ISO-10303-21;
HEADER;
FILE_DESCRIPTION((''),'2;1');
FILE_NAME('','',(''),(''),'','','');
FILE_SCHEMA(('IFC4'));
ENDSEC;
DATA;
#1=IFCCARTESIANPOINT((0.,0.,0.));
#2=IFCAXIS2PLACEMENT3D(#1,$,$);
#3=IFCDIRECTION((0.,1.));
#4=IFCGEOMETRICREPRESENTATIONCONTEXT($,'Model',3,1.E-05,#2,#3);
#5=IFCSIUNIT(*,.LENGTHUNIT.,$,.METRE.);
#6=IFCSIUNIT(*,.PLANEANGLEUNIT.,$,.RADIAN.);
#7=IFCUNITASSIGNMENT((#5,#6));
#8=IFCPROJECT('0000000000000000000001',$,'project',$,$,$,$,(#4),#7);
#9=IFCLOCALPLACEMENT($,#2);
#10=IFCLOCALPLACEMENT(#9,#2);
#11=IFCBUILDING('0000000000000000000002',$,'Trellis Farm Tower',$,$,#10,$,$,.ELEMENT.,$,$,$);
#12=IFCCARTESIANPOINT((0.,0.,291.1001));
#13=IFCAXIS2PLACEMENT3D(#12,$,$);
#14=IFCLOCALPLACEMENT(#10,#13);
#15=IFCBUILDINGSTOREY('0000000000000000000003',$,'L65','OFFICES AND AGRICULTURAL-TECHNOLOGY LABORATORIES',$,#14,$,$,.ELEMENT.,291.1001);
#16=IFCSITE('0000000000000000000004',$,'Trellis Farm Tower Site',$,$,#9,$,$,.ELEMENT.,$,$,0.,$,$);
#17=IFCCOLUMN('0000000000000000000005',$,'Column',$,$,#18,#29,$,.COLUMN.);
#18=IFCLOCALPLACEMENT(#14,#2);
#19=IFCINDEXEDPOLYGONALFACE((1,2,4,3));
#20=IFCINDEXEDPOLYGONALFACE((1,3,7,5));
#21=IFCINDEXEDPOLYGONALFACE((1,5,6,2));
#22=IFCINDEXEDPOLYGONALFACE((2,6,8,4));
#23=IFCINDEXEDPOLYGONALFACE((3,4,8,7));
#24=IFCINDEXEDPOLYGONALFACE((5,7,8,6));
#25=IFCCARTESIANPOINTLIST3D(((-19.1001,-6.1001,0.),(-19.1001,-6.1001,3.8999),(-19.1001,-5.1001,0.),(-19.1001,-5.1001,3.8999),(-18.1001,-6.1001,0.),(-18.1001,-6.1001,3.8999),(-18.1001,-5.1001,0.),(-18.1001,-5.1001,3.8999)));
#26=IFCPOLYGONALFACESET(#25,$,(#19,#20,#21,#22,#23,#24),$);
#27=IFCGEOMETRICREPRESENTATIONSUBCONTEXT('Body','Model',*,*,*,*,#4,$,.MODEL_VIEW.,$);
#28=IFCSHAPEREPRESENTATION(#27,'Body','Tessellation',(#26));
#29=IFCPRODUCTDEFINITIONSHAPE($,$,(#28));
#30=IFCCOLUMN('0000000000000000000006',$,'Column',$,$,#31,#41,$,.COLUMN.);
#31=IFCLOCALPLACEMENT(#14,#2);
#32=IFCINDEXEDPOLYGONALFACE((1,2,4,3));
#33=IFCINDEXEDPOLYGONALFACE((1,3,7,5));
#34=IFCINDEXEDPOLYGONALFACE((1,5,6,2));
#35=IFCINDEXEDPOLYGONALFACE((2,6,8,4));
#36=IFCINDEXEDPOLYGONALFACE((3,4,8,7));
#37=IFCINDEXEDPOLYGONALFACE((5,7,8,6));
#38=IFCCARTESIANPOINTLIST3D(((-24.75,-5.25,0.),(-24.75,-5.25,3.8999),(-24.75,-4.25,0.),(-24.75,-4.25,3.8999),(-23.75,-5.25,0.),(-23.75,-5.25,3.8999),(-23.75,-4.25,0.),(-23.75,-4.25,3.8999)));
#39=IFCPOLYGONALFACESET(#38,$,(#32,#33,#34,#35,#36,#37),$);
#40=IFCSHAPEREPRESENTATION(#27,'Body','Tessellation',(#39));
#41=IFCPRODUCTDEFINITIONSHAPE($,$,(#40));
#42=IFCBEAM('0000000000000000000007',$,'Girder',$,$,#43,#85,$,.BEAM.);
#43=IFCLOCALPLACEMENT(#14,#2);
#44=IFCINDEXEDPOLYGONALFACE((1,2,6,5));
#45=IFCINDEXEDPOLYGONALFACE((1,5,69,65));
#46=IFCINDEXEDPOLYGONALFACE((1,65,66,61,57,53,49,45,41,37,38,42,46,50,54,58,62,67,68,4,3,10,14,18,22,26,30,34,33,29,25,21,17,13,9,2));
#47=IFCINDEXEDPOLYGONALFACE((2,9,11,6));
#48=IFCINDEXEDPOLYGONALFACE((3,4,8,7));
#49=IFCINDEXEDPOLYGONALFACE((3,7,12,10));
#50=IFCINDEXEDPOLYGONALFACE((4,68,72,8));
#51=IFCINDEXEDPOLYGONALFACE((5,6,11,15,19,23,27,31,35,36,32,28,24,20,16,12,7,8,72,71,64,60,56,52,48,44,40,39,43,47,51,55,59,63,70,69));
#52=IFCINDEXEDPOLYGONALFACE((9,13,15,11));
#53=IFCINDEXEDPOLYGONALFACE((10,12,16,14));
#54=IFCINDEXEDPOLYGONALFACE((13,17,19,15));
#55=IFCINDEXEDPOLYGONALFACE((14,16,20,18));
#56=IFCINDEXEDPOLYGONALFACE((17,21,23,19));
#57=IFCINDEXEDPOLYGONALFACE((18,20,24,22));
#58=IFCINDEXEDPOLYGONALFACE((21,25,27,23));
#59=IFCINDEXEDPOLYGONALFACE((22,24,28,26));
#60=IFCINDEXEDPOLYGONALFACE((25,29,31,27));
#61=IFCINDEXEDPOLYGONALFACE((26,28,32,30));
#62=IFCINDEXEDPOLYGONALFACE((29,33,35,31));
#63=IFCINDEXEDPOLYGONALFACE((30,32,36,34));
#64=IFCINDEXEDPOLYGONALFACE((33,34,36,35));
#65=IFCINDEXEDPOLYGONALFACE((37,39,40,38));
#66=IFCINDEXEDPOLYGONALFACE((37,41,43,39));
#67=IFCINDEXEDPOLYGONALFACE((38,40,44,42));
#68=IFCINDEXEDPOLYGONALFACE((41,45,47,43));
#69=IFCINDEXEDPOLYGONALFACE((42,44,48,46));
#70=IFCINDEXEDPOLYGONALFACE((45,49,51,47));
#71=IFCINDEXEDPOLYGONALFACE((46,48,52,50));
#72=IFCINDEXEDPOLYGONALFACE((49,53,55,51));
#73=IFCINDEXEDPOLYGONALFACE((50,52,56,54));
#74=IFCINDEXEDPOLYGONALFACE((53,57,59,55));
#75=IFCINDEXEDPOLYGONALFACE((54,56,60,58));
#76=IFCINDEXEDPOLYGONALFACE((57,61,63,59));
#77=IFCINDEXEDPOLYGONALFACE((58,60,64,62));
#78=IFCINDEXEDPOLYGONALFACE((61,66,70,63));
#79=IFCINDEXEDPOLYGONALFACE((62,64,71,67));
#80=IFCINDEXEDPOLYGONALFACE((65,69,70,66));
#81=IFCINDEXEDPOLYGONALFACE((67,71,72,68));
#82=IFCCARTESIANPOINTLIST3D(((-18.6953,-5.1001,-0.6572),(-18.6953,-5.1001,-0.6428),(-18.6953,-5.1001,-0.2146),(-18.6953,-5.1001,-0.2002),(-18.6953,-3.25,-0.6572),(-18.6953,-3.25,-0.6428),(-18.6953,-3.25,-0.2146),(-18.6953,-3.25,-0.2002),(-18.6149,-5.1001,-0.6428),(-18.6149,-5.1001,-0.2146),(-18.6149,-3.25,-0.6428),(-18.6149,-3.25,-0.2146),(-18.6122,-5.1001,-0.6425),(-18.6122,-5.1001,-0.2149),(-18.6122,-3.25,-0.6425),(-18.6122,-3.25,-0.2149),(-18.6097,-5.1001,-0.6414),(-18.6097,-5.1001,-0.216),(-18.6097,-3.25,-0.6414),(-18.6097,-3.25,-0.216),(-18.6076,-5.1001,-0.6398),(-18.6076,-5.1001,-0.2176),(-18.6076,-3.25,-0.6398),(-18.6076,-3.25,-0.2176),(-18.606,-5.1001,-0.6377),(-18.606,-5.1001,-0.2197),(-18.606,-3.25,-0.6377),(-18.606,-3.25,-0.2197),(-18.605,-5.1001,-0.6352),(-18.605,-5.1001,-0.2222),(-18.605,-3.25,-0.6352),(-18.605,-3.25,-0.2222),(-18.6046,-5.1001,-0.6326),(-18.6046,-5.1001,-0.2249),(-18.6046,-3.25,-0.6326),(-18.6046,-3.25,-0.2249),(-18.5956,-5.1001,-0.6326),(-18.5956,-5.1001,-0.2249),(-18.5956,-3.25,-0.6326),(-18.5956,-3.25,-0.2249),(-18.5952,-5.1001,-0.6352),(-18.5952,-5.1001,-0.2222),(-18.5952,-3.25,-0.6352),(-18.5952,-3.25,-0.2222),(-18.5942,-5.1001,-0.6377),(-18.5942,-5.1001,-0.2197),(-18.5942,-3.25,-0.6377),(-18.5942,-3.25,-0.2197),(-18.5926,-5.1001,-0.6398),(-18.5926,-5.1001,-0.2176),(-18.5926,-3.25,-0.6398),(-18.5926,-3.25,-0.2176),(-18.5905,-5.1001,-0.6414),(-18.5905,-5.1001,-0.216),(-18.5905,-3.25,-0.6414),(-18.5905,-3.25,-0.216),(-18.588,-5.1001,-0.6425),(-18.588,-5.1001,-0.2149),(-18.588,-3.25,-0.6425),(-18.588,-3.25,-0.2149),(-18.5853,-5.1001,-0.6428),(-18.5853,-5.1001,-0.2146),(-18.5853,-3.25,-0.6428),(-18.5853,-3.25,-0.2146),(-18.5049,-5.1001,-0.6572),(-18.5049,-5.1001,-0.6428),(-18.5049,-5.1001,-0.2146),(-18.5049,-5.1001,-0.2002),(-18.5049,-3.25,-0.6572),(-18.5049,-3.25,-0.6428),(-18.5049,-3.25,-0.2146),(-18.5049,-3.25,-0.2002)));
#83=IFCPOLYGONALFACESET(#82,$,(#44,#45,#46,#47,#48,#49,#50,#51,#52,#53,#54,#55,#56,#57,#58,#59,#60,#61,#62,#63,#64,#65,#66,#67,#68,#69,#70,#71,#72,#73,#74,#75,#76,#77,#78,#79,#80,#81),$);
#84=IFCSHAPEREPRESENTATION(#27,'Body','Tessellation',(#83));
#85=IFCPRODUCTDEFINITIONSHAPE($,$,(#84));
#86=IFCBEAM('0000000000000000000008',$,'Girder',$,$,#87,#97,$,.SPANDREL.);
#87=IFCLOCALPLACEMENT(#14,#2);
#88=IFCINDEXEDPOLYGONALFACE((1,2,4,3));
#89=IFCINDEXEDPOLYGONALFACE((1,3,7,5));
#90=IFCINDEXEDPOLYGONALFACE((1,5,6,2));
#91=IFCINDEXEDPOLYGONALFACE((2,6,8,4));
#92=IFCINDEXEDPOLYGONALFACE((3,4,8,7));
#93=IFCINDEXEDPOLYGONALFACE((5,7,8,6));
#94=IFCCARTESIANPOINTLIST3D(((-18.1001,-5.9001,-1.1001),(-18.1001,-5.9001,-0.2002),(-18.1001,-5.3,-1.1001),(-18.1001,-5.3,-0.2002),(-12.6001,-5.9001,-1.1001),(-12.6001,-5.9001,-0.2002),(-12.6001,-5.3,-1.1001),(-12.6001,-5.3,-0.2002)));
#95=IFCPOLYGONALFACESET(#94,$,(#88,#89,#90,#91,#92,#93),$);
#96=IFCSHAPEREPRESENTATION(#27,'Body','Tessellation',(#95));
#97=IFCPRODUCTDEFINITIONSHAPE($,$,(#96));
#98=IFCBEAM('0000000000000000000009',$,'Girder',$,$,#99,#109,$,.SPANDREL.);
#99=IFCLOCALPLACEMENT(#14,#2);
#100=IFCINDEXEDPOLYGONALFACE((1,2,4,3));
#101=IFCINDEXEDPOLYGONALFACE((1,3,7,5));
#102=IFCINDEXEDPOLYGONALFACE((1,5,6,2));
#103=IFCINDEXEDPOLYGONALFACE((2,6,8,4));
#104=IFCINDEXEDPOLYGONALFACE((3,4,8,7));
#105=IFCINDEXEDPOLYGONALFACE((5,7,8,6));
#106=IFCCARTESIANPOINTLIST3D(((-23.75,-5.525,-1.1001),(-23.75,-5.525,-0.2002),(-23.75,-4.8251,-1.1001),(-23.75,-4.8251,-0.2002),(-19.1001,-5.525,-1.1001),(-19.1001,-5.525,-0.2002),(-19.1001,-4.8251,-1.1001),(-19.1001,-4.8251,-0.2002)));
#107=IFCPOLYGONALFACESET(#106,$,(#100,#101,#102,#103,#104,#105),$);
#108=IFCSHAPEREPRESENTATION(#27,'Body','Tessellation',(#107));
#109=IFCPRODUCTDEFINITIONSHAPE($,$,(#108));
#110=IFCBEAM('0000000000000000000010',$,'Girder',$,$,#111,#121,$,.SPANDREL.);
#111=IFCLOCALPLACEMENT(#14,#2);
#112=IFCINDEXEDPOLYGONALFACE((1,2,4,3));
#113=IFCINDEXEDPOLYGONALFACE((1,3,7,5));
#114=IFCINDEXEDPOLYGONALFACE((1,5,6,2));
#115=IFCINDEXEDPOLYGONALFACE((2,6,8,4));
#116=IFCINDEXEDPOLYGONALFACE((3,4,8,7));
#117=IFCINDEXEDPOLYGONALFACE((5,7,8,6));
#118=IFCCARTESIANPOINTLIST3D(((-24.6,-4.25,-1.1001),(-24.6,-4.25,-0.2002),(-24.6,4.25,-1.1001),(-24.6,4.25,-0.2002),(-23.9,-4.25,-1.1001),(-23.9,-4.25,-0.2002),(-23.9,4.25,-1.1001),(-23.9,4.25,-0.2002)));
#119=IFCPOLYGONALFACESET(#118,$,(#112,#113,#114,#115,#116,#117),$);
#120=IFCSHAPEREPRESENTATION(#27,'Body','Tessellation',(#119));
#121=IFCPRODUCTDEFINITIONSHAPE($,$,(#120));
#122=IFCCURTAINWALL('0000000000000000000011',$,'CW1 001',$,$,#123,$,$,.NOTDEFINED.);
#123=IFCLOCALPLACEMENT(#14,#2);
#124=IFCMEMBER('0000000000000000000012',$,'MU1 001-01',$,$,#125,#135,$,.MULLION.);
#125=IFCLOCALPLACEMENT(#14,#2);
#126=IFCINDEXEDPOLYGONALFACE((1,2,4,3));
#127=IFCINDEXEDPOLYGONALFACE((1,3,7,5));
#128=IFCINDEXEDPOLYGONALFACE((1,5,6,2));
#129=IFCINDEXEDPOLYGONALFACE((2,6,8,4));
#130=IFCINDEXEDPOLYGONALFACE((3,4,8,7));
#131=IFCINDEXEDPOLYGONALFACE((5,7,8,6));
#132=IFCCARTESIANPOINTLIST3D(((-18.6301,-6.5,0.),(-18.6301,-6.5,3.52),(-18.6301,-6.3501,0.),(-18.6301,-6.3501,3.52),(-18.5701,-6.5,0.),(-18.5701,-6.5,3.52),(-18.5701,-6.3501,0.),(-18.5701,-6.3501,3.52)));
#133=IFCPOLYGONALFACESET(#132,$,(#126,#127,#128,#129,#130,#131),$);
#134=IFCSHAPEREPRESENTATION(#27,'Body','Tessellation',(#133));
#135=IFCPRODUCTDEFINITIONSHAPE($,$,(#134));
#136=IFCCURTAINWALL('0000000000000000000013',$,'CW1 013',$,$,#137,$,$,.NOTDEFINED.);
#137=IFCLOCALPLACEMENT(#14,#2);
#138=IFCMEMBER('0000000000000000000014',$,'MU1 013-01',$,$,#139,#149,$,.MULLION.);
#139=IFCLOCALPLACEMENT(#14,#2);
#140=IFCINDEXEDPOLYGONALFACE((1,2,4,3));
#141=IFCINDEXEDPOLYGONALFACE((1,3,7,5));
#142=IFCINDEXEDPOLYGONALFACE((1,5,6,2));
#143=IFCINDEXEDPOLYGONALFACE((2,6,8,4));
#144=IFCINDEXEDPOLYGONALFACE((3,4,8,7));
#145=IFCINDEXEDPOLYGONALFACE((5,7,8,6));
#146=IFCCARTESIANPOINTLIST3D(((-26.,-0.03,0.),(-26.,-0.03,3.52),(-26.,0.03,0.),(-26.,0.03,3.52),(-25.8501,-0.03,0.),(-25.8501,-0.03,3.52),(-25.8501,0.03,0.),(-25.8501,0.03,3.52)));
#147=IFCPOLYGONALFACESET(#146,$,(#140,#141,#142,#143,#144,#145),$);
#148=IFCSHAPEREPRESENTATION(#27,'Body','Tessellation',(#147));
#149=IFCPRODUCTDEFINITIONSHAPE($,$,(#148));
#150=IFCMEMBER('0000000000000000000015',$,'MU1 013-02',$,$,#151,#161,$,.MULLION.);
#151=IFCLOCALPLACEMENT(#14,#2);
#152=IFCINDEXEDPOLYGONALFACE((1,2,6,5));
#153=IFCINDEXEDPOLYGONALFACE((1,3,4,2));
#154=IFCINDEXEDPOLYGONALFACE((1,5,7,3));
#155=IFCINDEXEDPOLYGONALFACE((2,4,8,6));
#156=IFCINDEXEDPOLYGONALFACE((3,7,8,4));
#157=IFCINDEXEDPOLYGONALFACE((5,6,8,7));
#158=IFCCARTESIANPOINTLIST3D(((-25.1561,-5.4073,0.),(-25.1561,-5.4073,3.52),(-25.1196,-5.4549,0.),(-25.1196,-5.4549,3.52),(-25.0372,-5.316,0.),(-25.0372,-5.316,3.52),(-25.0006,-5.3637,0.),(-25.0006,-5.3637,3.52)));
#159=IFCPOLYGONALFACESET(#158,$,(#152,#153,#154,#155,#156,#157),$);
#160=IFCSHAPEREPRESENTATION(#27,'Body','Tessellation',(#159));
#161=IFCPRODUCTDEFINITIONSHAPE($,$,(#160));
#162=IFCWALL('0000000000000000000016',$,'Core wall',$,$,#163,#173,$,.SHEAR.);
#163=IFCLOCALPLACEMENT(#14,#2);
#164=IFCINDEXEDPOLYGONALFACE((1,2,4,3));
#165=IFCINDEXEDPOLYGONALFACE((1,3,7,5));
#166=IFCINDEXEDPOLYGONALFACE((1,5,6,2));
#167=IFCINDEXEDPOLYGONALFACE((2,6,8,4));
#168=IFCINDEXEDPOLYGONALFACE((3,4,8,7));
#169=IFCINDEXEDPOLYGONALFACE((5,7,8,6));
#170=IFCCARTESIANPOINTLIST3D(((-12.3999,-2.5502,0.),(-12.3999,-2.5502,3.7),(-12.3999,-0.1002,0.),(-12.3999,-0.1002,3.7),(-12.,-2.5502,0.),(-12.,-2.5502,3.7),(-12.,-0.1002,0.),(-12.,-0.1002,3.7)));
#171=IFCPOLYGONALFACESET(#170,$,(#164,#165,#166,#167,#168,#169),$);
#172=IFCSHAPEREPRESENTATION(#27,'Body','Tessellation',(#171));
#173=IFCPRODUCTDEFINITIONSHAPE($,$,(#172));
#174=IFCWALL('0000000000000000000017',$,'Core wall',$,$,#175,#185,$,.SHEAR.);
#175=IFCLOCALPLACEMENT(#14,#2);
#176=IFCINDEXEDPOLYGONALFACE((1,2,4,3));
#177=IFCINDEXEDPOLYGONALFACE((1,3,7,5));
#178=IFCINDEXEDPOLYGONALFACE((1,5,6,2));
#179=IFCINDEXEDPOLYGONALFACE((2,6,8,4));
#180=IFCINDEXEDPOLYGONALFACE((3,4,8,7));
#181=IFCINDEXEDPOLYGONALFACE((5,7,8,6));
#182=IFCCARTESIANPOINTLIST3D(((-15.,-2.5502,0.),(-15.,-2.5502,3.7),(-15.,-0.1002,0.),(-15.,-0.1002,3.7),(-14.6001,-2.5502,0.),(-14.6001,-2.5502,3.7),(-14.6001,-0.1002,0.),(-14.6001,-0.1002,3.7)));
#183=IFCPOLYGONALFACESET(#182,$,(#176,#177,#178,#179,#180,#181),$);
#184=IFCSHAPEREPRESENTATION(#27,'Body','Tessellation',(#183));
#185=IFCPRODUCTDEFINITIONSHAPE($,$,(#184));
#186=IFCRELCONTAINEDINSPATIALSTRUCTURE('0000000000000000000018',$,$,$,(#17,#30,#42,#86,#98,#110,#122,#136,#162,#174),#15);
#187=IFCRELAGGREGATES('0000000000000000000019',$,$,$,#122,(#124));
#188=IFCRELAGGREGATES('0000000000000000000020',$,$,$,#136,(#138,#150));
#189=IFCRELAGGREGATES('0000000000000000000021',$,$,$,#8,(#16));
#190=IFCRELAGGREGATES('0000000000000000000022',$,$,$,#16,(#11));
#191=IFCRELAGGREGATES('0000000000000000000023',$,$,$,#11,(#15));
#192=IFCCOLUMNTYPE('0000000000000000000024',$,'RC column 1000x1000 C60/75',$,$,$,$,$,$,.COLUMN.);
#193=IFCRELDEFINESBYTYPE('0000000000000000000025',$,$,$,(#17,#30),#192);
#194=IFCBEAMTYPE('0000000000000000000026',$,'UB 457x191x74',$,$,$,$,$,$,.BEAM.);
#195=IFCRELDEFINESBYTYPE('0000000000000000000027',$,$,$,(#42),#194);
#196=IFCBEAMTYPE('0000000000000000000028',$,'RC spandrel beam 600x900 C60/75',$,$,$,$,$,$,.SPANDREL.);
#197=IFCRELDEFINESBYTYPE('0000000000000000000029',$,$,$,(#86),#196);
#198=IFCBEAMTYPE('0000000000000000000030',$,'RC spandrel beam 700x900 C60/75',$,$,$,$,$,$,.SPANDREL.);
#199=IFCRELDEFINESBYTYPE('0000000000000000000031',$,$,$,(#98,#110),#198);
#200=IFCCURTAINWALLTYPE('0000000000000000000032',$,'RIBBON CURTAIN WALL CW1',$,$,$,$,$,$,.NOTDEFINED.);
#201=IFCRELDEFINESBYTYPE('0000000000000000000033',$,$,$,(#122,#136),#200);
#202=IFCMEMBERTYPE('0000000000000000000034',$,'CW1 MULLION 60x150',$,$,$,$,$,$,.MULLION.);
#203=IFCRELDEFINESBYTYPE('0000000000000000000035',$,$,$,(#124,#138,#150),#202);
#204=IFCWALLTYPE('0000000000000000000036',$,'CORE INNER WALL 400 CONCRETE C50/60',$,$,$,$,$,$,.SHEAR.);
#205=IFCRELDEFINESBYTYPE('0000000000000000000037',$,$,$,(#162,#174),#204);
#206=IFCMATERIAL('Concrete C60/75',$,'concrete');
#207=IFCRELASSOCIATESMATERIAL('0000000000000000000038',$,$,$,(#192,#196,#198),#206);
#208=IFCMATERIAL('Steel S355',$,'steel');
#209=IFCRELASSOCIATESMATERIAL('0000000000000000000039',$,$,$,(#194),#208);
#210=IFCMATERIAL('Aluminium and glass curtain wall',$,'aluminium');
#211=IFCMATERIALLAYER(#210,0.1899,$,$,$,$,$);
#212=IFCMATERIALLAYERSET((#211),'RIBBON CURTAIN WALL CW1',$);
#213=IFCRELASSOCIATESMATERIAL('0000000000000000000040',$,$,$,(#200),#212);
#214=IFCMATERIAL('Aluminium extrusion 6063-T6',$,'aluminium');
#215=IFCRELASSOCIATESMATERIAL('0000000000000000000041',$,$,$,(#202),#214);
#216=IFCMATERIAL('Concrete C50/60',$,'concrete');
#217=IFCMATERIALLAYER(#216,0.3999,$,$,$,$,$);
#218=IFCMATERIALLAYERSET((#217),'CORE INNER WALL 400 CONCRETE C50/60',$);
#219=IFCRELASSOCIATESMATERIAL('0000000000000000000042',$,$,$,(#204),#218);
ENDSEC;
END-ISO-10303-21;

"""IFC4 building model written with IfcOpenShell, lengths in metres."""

from ifc_helpers import new_model, si_unit, direction, frame, frame_2d, origin, origin_2d, place, context, subcontext, project, spatial, rectangle, i_section, extrude, source, transform, mapped, material, layer, layer_set, material_profile, profile_set, type_object, element, aggregate, save


model = new_model("IFC4")

# Units and contexts
model_context = context("Model", 3, precision=1e-05, world=origin(), true_north=direction((0.0, 1.0)))
body_context = subcontext(model_context, "Body", "Model", "MODEL_VIEW")
ifc_project = project(units=[si_unit("LENGTHUNIT", "METRE"), si_unit("PLANEANGLEUNIT", "RADIAN")], contexts=[model_context])

# Site, building, storey
site_placement = place(None, origin())
site = spatial("IfcSite", under=ifc_project, at=site_placement, Name="Trellis Farm Tower Site", CompositionType="ELEMENT", RefElevation=0.0)
building_placement = place(site_placement, origin())
building = spatial("IfcBuilding", under=site, at=building_placement, Name="Trellis Farm Tower", CompositionType="ELEMENT")
storey_placement = place(building_placement, frame((0.0, 0.0, 291.1001)))
storey = spatial("IfcBuildingStorey", under=building, at=storey_placement, Name="L65", Description="OFFICES AND AGRICULTURAL-TECHNOLOGY LABORATORIES", CompositionType="ELEMENT", Elevation=291.1001)

# Columns
ifc_material_1 = material(Name="Concrete C60/75", Category="concrete")
ifc_material_profile_1 = material_profile(ifc_material_1, rectangle(XDim=1.0, YDim=1.0, at=origin_2d()), Name="RC column 1000x1000 C60/75")
ifc_profile_set_1 = profile_set([ifc_material_profile_1], Name="Concrete C60/75")
column_type = type_object("IfcColumnType", Name="RC column 1000x1000 C60/75", PredefinedType="COLUMN", material=ifc_profile_set_1)
shared_shape_1 = source(origin(), body_context, "Body", "SweptSolid", [
    extrude(rectangle(XDim=1.0, YDim=1.0, at=origin_2d()), origin(), (0.0, 0.0, 1.0), 3.8999),
])
for number, where, z_axis, x_axis, name in (
    (1, (-18.6001, -5.6001, 0.0), (0.0, 0.0, 1.0), (1.0, 0.0, 0.0), "Column"),
    (2, (-24.25, -4.75, 0.0), (0.0, 0.0, 1.0), (1.0, 0.0, 0.0), "Column"),
):
    element("IfcColumn", number, at=place(storey_placement, frame(where, z_axis=z_axis, x_axis=x_axis)), inside=storey, type_object=column_type, Name=name, PredefinedType="COLUMN", context=body_context, shape_type="MappedRepresentation", body=[
        mapped(shared_shape_1, transform((0.0, 0.0, 0.0))),
    ])

# Beams
ifc_material_2 = material(Name="Steel S355", Category="steel")
ifc_material_profile_2 = material_profile(ifc_material_2, i_section(OverallWidth=0.1904, OverallDepth=0.457, WebThickness=0.009, FlangeThickness=0.0144, FilletRadius=0.0103, at=origin_2d()), Name="UB 457x191x74")
ifc_profile_set_2 = profile_set([ifc_material_profile_2], Name="Steel S355")
beam_type_1 = type_object("IfcBeamType", Name="UB 457x191x74", PredefinedType="BEAM", material=ifc_profile_set_2)
shared_shape_2 = source(origin(), body_context, "Body", "SweptSolid", [
    extrude(i_section(OverallWidth=0.1904, OverallDepth=0.457, WebThickness=0.009, FlangeThickness=0.0144, FilletRadius=0.0103, at=origin_2d()), origin(), (0.0, 0.0, 1.0), 1.8501),
])
beam_1_placement = place(storey_placement, frame((-18.6001, -5.1001, -0.4287), z_axis=(0.0, 1.0, 0.0), x_axis=(-1.0, 0.0, 0.0)))
element("IfcBeam", 3, at=beam_1_placement, inside=storey, type_object=beam_type_1, Name="Girder", PredefinedType="BEAM", context=body_context, shape_type="MappedRepresentation", body=[
    mapped(shared_shape_2, transform((0.0, 0.0, 0.0))),
])
ifc_material_profile_3 = material_profile(ifc_material_1, rectangle(XDim=0.6001, YDim=0.8999, at=origin_2d()), Name="RC spandrel beam 600x900 C60/75")
ifc_profile_set_3 = profile_set([ifc_material_profile_3], Name="Concrete C60/75")
beam_type_2 = type_object("IfcBeamType", Name="RC spandrel beam 600x900 C60/75", PredefinedType="SPANDREL", material=ifc_profile_set_3)
shared_shape_3 = source(origin(), body_context, "Body", "SweptSolid", [
    extrude(rectangle(XDim=0.6001, YDim=0.8999, at=origin_2d()), origin(), (0.0, 0.0, 1.0), 5.5),
])
beam_2_placement = place(storey_placement, frame((-18.1001, -5.6001, -0.6501), z_axis=(1.0, 0.0, 0.0), x_axis=(0.0, 1.0, 0.0)))
element("IfcBeam", 4, at=beam_2_placement, inside=storey, type_object=beam_type_2, Name="Girder", PredefinedType="SPANDREL", context=body_context, shape_type="MappedRepresentation", body=[
    mapped(shared_shape_3, transform((0.0, 0.0, 0.0))),
])
ifc_material_profile_4 = material_profile(ifc_material_1, rectangle(XDim=0.7, YDim=0.8999, at=origin_2d()), Name="RC spandrel beam 700x900 C60/75")
ifc_profile_set_4 = profile_set([ifc_material_profile_4], Name="Concrete C60/75")
beam_type_3 = type_object("IfcBeamType", Name="RC spandrel beam 700x900 C60/75", PredefinedType="SPANDREL", material=ifc_profile_set_4)
shared_shape_4 = source(origin(), body_context, "Body", "SweptSolid", [
    extrude(rectangle(XDim=0.7, YDim=0.8999, at=origin_2d()), origin(), (0.0, 0.0, 1.0), 4.6499),
])
beam_3_placement = place(storey_placement, frame((-23.75, -5.175, -0.6501), z_axis=(1.0, 0.0, 0.0), x_axis=(0.0, 1.0, 0.0)))
element("IfcBeam", 5, at=beam_3_placement, inside=storey, type_object=beam_type_3, Name="Girder", PredefinedType="SPANDREL", context=body_context, shape_type="MappedRepresentation", body=[
    mapped(shared_shape_4, transform((0.0, 0.0, 0.0))),
])
shared_shape_5 = source(origin(), body_context, "Body", "SweptSolid", [
    extrude(rectangle(XDim=0.7, YDim=0.8999, at=origin_2d()), origin(), (0.0, 0.0, 1.0), 8.5),
])
beam_4_placement = place(storey_placement, frame((-24.25, -4.25, -0.6501), z_axis=(0.0, 1.0, 0.0), x_axis=(-1.0, 0.0, 0.0)))
element("IfcBeam", 6, at=beam_4_placement, inside=storey, type_object=beam_type_3, Name="Girder", PredefinedType="SPANDREL", context=body_context, shape_type="MappedRepresentation", body=[
    mapped(shared_shape_5, transform((0.0, 0.0, 0.0))),
])

# Curtain wall, member
ifc_material_3 = material(Name="Aluminium and glass curtain wall", Category="aluminium")
ifc_layer_1 = layer(ifc_material_3, 0.1899)
ifc_layer_set_1 = layer_set([ifc_layer_1], Name="RIBBON CURTAIN WALL CW1")
curtain_wall_type = type_object("IfcCurtainWallType", Name="RIBBON CURTAIN WALL CW1", PredefinedType="NOTDEFINED", material=ifc_layer_set_1)
placement = place(storey_placement, origin())
curtain_wall_1 = element("IfcCurtainWall", 7, at=placement, inside=storey, type_object=curtain_wall_type, Name="CW1 001", PredefinedType="NOTDEFINED")
ifc_material_4 = material(Name="Aluminium extrusion 6063-T6", Category="aluminium")
ifc_material_profile_5 = material_profile(ifc_material_4, rectangle(XDim=0.0601, YDim=0.1499, at=origin_2d()), Name="MULLION 60x150")
ifc_profile_set_5 = profile_set([ifc_material_profile_5], Name="Aluminium extrusion 6063-T6")
member_type = type_object("IfcMemberType", Name="CW1 MULLION 60x150", PredefinedType="MULLION", material=ifc_profile_set_5)
shared_shape_6 = source(origin(), body_context, "Body", "SweptSolid", [
    extrude(rectangle(XDim=0.0601, YDim=0.1499, at=origin_2d()), origin(), (0.0, 0.0, 1.0), 3.52),
])
member_1_placement = place(storey_placement, frame((-18.6001, -6.425, 0.0), z_axis=(0.0, 0.0, 1.0), x_axis=(1.0, 0.0, 0.0)))
member_1 = element("IfcMember", 8, at=member_1_placement, type_object=member_type, Name="MU1 001-01", PredefinedType="MULLION", context=body_context, shape_type="MappedRepresentation", body=[
    mapped(shared_shape_6, transform((0.0, 0.0, 0.0))),
])
aggregate(curtain_wall_1, [member_1])

# Curtain wall, members
curtain_wall_2 = element("IfcCurtainWall", 9, at=placement, inside=storey, type_object=curtain_wall_type, Name="CW1 013", PredefinedType="NOTDEFINED")
member_2_placement = place(storey_placement, frame((-25.925, 0.0, 0.0), z_axis=(0.0, 0.0, 1.0), x_axis=(0.0, -1.0, 0.0)))
member_2 = element("IfcMember", 10, at=member_2_placement, type_object=member_type, Name="MU1 013-01", PredefinedType="MULLION", context=body_context, shape_type="MappedRepresentation", body=[
    mapped(shared_shape_6, transform((0.0, 0.0, 0.0))),
])
member_3_placement = place(storey_placement, frame((-25.0784, -5.3855, 0.0), z_axis=(0.0, 0.0, 1.0), x_axis=(0.608761, -0.793353, 0.0)))
member_3 = element("IfcMember", 11, at=member_3_placement, type_object=member_type, Name="MU1 013-02", PredefinedType="MULLION", context=body_context, shape_type="MappedRepresentation", body=[
    mapped(shared_shape_6, transform((0.0, 0.0, 0.0))),
])
aggregate(curtain_wall_2, [member_2, member_3])

# Walls
ifc_material_5 = material(Name="Concrete C50/60", Category="concrete")
ifc_layer_2 = layer(ifc_material_5, 0.3999)
ifc_layer_set_2 = layer_set([ifc_layer_2], Name="CORE INNER WALL 400 CONCRETE C50/60")
wall_type_1 = type_object("IfcWallType", Name="CORE INNER WALL 400 CONCRETE C50/60", PredefinedType="SHEAR", material=ifc_layer_set_2)
shared_shape_7 = source(origin(), body_context, "Body", "SweptSolid", [
    extrude(rectangle(XDim=2.45, YDim=0.3999, at=frame_2d((1.2251, 0.0))), origin(), (0.0, 0.0, 1.0), 3.7),
])
for number, where, z_axis, x_axis, name in (
    (12, (-12.2, -0.1001, 0.0), (0.0, 0.0, 1.0), (0.0, -1.0, 0.0), "Core wall"),
    (13, (-14.8, -0.1001, 0.0), (0.0, 0.0, 1.0), (0.0, -1.0, 0.0), "Core wall"),
):
    element("IfcWall", number, at=place(storey_placement, frame(where, z_axis=z_axis, x_axis=x_axis)), inside=storey, type_object=wall_type_1, Name=name, PredefinedType="SHEAR", context=body_context, shape_type="MappedRepresentation", body=[
        mapped(shared_shape_7, transform((0.0, 0.0, 0.0))),
    ])

save(model, "model.ifc")
